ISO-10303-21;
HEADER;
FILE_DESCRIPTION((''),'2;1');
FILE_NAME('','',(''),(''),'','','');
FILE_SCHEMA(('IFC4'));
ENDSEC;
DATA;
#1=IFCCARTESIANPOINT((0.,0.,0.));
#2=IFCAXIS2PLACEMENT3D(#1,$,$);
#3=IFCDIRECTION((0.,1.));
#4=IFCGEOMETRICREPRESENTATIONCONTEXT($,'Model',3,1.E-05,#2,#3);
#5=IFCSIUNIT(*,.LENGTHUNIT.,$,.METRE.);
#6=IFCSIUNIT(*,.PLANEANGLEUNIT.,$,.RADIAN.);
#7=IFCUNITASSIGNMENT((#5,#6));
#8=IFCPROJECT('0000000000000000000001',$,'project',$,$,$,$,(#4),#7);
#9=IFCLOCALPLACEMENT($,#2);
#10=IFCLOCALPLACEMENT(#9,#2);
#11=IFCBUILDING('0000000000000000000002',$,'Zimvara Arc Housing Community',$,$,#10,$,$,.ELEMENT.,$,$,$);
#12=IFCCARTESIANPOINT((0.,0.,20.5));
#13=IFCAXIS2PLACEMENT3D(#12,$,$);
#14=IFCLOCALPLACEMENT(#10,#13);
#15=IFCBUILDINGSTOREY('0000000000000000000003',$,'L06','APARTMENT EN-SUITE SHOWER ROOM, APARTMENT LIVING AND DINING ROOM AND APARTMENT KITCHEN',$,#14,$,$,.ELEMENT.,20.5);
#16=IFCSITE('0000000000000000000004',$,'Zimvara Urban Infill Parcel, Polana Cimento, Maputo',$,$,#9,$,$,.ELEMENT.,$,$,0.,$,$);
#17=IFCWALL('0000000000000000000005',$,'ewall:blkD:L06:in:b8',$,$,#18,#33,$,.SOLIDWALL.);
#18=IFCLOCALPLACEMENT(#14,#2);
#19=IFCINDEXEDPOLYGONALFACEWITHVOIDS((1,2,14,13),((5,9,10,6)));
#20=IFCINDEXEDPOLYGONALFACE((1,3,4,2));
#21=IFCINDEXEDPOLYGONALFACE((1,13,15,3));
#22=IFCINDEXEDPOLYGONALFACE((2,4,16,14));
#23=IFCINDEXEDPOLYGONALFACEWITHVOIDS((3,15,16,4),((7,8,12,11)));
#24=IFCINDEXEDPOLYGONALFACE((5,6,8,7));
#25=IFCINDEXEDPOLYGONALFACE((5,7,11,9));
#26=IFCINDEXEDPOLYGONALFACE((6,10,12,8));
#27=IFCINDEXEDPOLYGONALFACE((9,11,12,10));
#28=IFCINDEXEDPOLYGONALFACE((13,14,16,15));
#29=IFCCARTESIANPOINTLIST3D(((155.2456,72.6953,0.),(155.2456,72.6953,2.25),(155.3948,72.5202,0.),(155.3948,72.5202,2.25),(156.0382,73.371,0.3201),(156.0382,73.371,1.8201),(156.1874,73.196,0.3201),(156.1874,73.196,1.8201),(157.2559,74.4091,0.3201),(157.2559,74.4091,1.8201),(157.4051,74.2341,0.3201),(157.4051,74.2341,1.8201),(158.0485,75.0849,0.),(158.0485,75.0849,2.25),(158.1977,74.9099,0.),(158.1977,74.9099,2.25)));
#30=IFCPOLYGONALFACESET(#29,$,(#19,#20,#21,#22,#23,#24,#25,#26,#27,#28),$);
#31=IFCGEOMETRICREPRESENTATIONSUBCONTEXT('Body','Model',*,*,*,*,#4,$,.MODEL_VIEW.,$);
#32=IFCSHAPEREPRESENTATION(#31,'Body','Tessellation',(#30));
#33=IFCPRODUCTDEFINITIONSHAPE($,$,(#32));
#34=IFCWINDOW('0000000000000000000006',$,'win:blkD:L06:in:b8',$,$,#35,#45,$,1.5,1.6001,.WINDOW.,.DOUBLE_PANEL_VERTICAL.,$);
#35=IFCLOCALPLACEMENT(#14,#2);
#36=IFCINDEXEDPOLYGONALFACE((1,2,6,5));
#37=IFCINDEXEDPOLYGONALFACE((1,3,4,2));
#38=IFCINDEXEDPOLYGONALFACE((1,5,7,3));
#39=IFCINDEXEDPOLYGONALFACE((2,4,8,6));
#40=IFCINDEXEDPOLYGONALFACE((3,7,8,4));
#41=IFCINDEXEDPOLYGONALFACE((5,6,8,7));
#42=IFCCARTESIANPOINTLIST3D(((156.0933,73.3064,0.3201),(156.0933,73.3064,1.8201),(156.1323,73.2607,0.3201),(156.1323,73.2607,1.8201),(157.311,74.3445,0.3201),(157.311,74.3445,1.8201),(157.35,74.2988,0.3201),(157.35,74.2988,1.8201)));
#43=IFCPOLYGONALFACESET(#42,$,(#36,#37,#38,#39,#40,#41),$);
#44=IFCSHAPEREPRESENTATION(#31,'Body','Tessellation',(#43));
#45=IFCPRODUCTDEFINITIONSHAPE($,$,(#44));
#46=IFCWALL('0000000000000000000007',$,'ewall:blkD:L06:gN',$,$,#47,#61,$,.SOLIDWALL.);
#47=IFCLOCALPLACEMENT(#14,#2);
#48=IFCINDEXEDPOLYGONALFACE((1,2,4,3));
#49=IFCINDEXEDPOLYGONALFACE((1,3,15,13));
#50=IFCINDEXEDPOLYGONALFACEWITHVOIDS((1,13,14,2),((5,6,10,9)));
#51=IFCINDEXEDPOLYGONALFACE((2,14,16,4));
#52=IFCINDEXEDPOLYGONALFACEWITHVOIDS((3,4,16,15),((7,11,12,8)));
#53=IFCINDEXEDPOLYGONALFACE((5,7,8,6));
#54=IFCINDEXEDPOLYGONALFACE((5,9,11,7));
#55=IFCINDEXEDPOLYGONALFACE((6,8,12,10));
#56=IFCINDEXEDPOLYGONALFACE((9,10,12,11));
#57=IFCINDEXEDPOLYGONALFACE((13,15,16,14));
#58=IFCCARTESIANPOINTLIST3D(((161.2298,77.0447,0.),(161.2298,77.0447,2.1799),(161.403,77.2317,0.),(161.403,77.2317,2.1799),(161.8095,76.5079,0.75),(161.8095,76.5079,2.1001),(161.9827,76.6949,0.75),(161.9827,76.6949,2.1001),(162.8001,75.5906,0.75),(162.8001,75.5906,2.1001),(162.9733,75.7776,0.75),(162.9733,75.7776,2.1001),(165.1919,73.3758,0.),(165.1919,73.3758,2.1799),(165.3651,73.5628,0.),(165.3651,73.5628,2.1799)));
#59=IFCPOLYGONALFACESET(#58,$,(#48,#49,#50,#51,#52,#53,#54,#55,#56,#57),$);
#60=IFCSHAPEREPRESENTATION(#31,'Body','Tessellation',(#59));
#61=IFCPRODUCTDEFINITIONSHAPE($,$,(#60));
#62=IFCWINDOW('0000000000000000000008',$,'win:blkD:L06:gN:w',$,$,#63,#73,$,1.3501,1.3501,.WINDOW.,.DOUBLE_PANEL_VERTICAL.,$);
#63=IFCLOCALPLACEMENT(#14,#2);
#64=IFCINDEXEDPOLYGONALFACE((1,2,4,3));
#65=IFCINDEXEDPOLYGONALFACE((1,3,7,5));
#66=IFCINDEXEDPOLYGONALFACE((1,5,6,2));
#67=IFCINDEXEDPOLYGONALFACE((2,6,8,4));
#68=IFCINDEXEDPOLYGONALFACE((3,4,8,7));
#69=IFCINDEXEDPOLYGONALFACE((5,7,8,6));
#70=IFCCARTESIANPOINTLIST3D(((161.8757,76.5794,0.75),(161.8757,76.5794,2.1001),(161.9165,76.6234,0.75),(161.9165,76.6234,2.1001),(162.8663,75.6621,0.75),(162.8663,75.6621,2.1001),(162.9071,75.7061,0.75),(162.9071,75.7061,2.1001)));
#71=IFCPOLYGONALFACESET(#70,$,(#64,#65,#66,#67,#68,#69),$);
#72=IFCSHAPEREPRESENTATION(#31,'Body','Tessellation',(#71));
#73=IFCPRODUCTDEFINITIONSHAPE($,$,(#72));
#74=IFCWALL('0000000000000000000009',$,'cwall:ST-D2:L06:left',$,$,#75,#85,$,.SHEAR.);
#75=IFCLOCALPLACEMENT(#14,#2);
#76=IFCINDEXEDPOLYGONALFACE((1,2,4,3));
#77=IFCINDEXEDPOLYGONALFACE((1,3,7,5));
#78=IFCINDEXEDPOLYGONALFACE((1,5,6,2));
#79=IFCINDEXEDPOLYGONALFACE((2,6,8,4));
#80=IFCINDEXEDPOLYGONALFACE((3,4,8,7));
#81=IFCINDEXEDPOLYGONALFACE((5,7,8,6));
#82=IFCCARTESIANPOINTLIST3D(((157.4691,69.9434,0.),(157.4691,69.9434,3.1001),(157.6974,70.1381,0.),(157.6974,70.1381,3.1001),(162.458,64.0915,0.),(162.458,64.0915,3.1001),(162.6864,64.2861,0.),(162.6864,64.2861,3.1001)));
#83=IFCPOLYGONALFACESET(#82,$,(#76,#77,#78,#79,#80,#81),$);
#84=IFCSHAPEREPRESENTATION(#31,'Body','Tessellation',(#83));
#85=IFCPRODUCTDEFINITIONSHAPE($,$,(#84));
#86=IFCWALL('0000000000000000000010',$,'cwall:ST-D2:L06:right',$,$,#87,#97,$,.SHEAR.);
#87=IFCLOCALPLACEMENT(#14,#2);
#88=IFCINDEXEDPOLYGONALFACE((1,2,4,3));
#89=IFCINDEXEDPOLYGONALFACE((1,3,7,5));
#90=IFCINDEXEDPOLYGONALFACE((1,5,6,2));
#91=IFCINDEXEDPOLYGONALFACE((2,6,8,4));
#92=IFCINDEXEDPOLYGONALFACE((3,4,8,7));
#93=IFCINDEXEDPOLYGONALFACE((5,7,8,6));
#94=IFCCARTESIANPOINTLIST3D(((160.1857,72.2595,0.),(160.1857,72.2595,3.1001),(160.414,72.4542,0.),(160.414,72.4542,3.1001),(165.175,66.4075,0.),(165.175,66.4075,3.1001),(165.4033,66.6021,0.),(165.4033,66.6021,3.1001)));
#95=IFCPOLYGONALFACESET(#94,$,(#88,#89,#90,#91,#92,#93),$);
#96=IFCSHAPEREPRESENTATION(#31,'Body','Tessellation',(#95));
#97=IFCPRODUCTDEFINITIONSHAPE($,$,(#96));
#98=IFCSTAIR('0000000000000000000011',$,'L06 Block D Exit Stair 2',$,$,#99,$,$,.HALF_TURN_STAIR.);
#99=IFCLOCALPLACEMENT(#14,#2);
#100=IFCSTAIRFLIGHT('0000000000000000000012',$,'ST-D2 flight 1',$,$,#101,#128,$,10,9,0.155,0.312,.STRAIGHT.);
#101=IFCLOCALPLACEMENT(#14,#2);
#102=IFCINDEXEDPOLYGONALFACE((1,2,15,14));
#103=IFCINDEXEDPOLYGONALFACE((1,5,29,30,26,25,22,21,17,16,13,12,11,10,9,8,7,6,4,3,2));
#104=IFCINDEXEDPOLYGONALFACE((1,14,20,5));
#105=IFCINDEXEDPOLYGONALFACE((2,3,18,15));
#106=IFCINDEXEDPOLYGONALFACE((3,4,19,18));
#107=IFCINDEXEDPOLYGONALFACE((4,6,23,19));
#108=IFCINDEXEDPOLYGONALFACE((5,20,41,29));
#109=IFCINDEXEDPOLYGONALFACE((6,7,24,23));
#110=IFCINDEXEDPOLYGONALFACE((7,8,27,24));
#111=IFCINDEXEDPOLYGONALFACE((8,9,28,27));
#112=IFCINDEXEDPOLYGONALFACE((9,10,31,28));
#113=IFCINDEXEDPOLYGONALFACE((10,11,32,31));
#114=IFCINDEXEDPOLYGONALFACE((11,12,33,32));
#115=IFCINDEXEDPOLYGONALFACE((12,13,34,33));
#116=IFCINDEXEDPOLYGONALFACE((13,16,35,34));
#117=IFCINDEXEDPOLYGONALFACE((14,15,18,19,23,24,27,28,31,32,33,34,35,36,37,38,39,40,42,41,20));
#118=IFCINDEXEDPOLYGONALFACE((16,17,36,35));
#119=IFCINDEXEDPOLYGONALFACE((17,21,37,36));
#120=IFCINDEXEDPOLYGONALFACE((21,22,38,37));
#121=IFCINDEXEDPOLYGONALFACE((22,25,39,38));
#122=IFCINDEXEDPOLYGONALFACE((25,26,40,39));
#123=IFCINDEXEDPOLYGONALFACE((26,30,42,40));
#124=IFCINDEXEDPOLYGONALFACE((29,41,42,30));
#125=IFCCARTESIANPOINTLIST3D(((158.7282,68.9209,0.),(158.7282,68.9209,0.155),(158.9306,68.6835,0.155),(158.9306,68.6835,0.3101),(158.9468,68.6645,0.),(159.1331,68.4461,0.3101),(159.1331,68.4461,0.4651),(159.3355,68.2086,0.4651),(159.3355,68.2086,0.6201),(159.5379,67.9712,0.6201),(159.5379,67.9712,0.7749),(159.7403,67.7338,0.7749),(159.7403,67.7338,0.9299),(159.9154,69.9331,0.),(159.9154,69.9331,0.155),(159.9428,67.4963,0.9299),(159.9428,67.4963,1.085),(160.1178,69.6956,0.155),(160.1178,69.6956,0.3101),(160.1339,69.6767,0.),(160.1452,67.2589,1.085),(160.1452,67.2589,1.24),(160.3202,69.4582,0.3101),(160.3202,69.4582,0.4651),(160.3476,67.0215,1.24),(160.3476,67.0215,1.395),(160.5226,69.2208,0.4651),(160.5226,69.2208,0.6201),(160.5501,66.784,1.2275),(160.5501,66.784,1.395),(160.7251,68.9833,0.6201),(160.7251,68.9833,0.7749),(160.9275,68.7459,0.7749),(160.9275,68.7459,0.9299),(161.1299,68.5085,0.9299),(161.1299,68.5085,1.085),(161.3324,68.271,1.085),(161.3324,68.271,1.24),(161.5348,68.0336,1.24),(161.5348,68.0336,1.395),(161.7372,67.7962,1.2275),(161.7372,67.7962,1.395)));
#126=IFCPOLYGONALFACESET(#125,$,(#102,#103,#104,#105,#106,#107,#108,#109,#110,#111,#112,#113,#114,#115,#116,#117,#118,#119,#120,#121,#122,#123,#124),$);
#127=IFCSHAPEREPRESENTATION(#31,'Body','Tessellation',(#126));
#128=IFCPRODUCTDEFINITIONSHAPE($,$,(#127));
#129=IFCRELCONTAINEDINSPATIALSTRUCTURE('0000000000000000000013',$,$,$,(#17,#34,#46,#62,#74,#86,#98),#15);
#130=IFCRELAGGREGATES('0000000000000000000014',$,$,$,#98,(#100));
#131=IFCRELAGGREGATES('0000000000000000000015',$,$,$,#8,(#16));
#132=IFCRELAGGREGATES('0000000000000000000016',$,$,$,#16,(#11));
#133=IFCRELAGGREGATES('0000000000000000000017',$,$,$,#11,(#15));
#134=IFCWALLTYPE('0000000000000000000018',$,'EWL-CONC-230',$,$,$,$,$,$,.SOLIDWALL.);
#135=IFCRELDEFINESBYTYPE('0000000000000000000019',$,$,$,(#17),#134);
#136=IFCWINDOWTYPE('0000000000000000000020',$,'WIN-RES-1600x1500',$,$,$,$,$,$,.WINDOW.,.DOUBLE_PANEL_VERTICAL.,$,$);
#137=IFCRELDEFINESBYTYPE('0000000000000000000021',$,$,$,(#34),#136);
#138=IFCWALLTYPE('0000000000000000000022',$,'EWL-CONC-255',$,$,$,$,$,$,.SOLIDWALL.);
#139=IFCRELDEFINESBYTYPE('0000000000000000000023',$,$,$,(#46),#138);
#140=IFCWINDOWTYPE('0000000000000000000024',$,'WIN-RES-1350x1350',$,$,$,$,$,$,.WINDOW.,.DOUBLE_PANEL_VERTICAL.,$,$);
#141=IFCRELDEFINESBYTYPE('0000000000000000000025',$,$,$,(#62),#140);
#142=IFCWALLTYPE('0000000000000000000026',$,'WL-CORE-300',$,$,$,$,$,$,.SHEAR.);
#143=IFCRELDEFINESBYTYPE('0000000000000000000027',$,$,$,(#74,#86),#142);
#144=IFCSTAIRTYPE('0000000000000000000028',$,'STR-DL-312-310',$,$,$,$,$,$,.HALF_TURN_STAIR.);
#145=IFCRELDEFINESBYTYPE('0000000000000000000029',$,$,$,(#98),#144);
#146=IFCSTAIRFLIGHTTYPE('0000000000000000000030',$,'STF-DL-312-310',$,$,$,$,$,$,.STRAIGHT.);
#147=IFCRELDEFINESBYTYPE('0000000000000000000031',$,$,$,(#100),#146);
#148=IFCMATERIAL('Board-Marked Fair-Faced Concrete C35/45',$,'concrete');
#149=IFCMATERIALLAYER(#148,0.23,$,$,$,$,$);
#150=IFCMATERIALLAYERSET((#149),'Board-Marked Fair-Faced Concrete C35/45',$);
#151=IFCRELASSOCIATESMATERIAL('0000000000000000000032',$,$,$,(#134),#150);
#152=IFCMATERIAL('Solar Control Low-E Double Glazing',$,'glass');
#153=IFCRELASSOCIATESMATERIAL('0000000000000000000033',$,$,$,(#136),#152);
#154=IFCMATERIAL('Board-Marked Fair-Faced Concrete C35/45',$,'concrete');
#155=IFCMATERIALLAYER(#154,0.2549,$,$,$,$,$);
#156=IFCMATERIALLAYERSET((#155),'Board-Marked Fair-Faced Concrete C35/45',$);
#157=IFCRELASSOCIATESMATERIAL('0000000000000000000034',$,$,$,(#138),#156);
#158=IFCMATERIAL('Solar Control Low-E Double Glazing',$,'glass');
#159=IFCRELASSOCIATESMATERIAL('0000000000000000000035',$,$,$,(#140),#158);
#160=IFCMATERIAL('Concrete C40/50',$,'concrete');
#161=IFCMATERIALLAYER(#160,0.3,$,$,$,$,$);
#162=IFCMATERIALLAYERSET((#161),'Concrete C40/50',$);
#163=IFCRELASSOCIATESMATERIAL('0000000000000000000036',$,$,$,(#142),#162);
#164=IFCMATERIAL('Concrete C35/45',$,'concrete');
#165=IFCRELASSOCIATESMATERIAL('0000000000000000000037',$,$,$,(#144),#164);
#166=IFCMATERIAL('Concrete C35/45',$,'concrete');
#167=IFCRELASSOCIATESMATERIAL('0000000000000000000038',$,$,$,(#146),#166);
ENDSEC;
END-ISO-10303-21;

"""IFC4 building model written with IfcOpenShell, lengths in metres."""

from ifc_helpers import new_model, si_unit, direction, frame, frame_2d, origin, place, context, subcontext, project, spatial, polyline, rectangle, outline, extrude, material, layer, layer_set, type_object, element, fill, aggregate, save


model = new_model("IFC4")

# Units and contexts
model_context = context("Model", 3, precision=1e-05, world=origin(), true_north=direction((0.0, 1.0)))
body_context = subcontext(model_context, "Body", "Model", "MODEL_VIEW")
ifc_project = project(units=[si_unit("LENGTHUNIT", "METRE"), si_unit("PLANEANGLEUNIT", "RADIAN")], contexts=[model_context])

# Site, building, storey
site_placement = place(None, origin())
site = spatial("IfcSite", under=ifc_project, at=site_placement, Name="Zimvara Urban Infill Parcel, Polana Cimento, Maputo", CompositionType="ELEMENT", RefElevation=0.0)
building_placement = place(site_placement, origin())
building = spatial("IfcBuilding", under=site, at=building_placement, Name="Zimvara Arc Housing Community", CompositionType="ELEMENT")
storey_placement = place(building_placement, frame((0.0, 0.0, 20.5)))
storey = spatial("IfcBuildingStorey", under=building, at=storey_placement, Name="L06", Description="APARTMENT EN-SUITE SHOWER ROOM, APARTMENT LIVING AND DINING ROOM AND APARTMENT KITCHEN", CompositionType="ELEMENT", Elevation=20.5)

# Wall, opening, window
ifc_material_1 = material(Name="Board-Marked Fair-Faced Concrete C35/45", Category="concrete")
ifc_layer_1 = layer(ifc_material_1, 0.23)
ifc_layer_set_1 = layer_set([ifc_layer_1], Name="Board-Marked Fair-Faced Concrete C35/45")
wall_type_1 = type_object("IfcWallType", Name="EWL-CONC-230", PredefinedType="SOLIDWALL", material=ifc_layer_set_1)
wall_1_placement = place(storey_placement, frame((155.3201, 72.6077, 0.0), z_axis=(0.0, 0.0, 1.0), x_axis=(0.760985, 0.648769, 0.0)))
wall_1 = element("IfcWall", 1, at=wall_1_placement, inside=storey, type_object=wall_type_1, Name="ewall:blkD:L06:in:b8", PredefinedType="SOLIDWALL", context=body_context, shape_type="SweptSolid", body=[
    extrude(rectangle(XDim=3.6833, YDim=0.23, at=frame_2d((1.8418, 0.0))), origin(), (0.0, 0.0, 1.0), 2.25),
])
opening_1_placement = place(wall_1_placement, frame((1.0417, 0.0, 0.3201)))
opening_1 = element("IfcOpeningElement", 2, at=opening_1_placement, cuts=wall_1, PredefinedType="OPENING", context=body_context, shape_type="SweptSolid", body=[
    extrude(rectangle(XDim=1.6001, YDim=1.5, at=frame_2d((0.8, 0.75))), frame((0.0, 0.125, 0.0), z_axis=(0.0, -1.0, 0.0), x_axis=(1.0, 0.0, 0.0)), (0.0, 0.0, 1.0), 0.25),
])
ifc_material_2 = material(Name="Solar Control Low-E Double Glazing", Category="glass")
window_type_1 = type_object("IfcWindowType", Name="WIN-RES-1600x1500", PartitioningType="DOUBLE_PANEL_VERTICAL", PredefinedType="WINDOW", material=ifc_material_2)
window_1_placement = place(opening_1_placement, origin())
window_1 = element("IfcWindow", 3, at=window_1_placement, inside=storey, type_object=window_type_1, Name="win:blkD:L06:in:b8", OverallHeight=1.5, OverallWidth=1.6001, PartitioningType="DOUBLE_PANEL_VERTICAL", PredefinedType="WINDOW", context=body_context, shape_type="SweptSolid", body=[
    extrude(rectangle(XDim=1.6001, YDim=1.5, at=frame_2d((0.8, 0.75))), frame((0.0, 0.03, 0.0), z_axis=(0.0, -1.0, 0.0), x_axis=(1.0, 0.0, 0.0)), (0.0, 0.0, 1.0), 0.0601),
])
fill(opening_1, window_1)

# Wall, opening, window
ifc_material_3 = material(Name="Board-Marked Fair-Faced Concrete C35/45", Category="concrete")
ifc_layer_2 = layer(ifc_material_3, 0.2549)
ifc_layer_set_2 = layer_set([ifc_layer_2], Name="Board-Marked Fair-Faced Concrete C35/45")
wall_type_2 = type_object("IfcWallType", Name="EWL-CONC-255", PredefinedType="SOLIDWALL", material=ifc_layer_set_2)
wall_2_placement = place(storey_placement, frame((161.3164, 77.1382, 0.0), z_axis=(0.0, 0.0, 1.0), x_axis=(0.733735, -0.679436, 0.0)))
wall_2 = element("IfcWall", 4, at=wall_2_placement, inside=storey, type_object=wall_type_2, Name="ewall:blkD:L06:gN", PredefinedType="SOLIDWALL", context=body_context, shape_type="SweptSolid", body=[
    extrude(rectangle(XDim=5.3999, YDim=0.2549, at=frame_2d((2.7, 0.0))), origin(), (0.0, 0.0, 1.0), 2.1799),
])
opening_2_placement = place(wall_2_placement, frame((0.79, 0.0, 0.75)))
opening_2 = element("IfcOpeningElement", 5, at=opening_2_placement, cuts=wall_2, PredefinedType="OPENING", context=body_context, shape_type="SweptSolid", body=[
    extrude(rectangle(XDim=1.3501, YDim=1.3501, at=frame_2d((0.675, 0.675))), frame((0.0, 0.1375, 0.0), z_axis=(0.0, -1.0, 0.0), x_axis=(1.0, 0.0, 0.0)), (0.0, 0.0, 1.0), 0.2749),
])
ifc_material_4 = material(Name="Solar Control Low-E Double Glazing", Category="glass")
window_type_2 = type_object("IfcWindowType", Name="WIN-RES-1350x1350", PartitioningType="DOUBLE_PANEL_VERTICAL", PredefinedType="WINDOW", material=ifc_material_4)
window_2_placement = place(opening_2_placement, origin())
window_2 = element("IfcWindow", 6, at=window_2_placement, inside=storey, type_object=window_type_2, Name="win:blkD:L06:gN:w", OverallHeight=1.3501, OverallWidth=1.3501, PartitioningType="DOUBLE_PANEL_VERTICAL", PredefinedType="WINDOW", context=body_context, shape_type="SweptSolid", body=[
    extrude(rectangle(XDim=1.3501, YDim=1.3501, at=frame_2d((0.675, 0.675))), frame((0.0, 0.03, 0.0), z_axis=(0.0, -1.0, 0.0), x_axis=(1.0, 0.0, 0.0)), (0.0, 0.0, 1.0), 0.0601),
])
fill(opening_2, window_2)

# Shared definitions
ifc_material_5 = material(Name="Concrete C40/50", Category="concrete")
ifc_layer_3 = layer(ifc_material_5, 0.3)
ifc_layer_set_3 = layer_set([ifc_layer_3], Name="Concrete C40/50")
wall_type_3 = type_object("IfcWallType", Name="WL-CORE-300", PredefinedType="SHEAR", material=ifc_layer_set_3)

# Walls
wall_3_placement = place(storey_placement, frame((157.5833, 70.0408, 0.0), z_axis=(0.0, 0.0, 1.0), x_axis=(0.648763, -0.760991, 0.0)))
element("IfcWall", 7, at=wall_3_placement, inside=storey, type_object=wall_type_3, Name="cwall:ST-D2:L06:left", PredefinedType="SHEAR", context=body_context, shape_type="SweptSolid", body=[
    extrude(rectangle(XDim=7.6899, YDim=0.3, at=frame_2d((3.845, 0.0))), origin(), (0.0, 0.0, 1.0), 3.1001),
])
wall_4_placement = place(storey_placement, frame((160.2998, 72.3569, 0.0), z_axis=(0.0, 0.0, 1.0), x_axis=(0.648781, -0.760975, 0.0)))
element("IfcWall", 8, at=wall_4_placement, inside=storey, type_object=wall_type_3, Name="cwall:ST-D2:L06:right", PredefinedType="SHEAR", context=body_context, shape_type="SweptSolid", body=[
    extrude(rectangle(XDim=7.6902, YDim=0.3, at=frame_2d((3.8452, 0.0))), origin(), (0.0, 0.0, 1.0), 3.1001),
])

# Stair, stair flight
ifc_material_6 = material(Name="Concrete C35/45", Category="concrete")
stair_type = type_object("IfcStairType", Name="STR-DL-312-310", PredefinedType="HALF_TURN_STAIR", material=ifc_material_6)
stair_placement = place(storey_placement, origin())
stair = element("IfcStair", 9, at=stair_placement, inside=storey, type_object=stair_type, Name="L06 Block D Exit Stair 2", PredefinedType="HALF_TURN_STAIR")
ifc_material_7 = material(Name="Concrete C35/45", Category="concrete")
stair_flight_type = type_object("IfcStairFlightType", Name="STF-DL-312-310", PredefinedType="STRAIGHT", material=ifc_material_7)
stair_flight_placement = place(storey_placement, frame((159.3218, 69.427, 0.0), z_axis=(0.0, 0.0, 1.0), x_axis=(0.648784, -0.760972, 0.0)))
stair_flight = element("IfcStairFlight", 10, at=stair_flight_placement, type_object=stair_flight_type, Name="ST-D2 flight 1", NumberOfRisers=10, NumberOfTreads=9, PredefinedType="STRAIGHT", RiserHeight=0.155, TreadLength=0.312, context=body_context, shape_type="SweptSolid", body=[
    extrude(outline(polyline([(0.0, 0.0), (0.0, 0.155), (0.312, 0.155), (0.312, 0.3101), (0.624, 0.3101), (0.624, 0.4651), (0.936, 0.4651), (0.936, 0.6201), (1.248, 0.6201), (1.248, 0.7749), (1.5601, 0.7749), (1.5601, 0.9299), (1.8721, 0.9299), (1.8721, 1.085), (2.1841, 1.085), (2.1841, 1.24), (2.4961, 1.24), (2.4961, 1.395), (2.8081, 1.395), (2.8081, 1.55), (2.8081, 1.2275), (0.3369, 0.0), (0.0, 0.0)])), frame((0.0, 0.78, 0.0), z_axis=(0.0, -1.0, 0.0), x_axis=(1.0, 0.0, 0.0)), (0.0, 0.0, 1.0), 1.5601),
])
aggregate(stair, [stair_flight])

save(model, "model.ifc")
